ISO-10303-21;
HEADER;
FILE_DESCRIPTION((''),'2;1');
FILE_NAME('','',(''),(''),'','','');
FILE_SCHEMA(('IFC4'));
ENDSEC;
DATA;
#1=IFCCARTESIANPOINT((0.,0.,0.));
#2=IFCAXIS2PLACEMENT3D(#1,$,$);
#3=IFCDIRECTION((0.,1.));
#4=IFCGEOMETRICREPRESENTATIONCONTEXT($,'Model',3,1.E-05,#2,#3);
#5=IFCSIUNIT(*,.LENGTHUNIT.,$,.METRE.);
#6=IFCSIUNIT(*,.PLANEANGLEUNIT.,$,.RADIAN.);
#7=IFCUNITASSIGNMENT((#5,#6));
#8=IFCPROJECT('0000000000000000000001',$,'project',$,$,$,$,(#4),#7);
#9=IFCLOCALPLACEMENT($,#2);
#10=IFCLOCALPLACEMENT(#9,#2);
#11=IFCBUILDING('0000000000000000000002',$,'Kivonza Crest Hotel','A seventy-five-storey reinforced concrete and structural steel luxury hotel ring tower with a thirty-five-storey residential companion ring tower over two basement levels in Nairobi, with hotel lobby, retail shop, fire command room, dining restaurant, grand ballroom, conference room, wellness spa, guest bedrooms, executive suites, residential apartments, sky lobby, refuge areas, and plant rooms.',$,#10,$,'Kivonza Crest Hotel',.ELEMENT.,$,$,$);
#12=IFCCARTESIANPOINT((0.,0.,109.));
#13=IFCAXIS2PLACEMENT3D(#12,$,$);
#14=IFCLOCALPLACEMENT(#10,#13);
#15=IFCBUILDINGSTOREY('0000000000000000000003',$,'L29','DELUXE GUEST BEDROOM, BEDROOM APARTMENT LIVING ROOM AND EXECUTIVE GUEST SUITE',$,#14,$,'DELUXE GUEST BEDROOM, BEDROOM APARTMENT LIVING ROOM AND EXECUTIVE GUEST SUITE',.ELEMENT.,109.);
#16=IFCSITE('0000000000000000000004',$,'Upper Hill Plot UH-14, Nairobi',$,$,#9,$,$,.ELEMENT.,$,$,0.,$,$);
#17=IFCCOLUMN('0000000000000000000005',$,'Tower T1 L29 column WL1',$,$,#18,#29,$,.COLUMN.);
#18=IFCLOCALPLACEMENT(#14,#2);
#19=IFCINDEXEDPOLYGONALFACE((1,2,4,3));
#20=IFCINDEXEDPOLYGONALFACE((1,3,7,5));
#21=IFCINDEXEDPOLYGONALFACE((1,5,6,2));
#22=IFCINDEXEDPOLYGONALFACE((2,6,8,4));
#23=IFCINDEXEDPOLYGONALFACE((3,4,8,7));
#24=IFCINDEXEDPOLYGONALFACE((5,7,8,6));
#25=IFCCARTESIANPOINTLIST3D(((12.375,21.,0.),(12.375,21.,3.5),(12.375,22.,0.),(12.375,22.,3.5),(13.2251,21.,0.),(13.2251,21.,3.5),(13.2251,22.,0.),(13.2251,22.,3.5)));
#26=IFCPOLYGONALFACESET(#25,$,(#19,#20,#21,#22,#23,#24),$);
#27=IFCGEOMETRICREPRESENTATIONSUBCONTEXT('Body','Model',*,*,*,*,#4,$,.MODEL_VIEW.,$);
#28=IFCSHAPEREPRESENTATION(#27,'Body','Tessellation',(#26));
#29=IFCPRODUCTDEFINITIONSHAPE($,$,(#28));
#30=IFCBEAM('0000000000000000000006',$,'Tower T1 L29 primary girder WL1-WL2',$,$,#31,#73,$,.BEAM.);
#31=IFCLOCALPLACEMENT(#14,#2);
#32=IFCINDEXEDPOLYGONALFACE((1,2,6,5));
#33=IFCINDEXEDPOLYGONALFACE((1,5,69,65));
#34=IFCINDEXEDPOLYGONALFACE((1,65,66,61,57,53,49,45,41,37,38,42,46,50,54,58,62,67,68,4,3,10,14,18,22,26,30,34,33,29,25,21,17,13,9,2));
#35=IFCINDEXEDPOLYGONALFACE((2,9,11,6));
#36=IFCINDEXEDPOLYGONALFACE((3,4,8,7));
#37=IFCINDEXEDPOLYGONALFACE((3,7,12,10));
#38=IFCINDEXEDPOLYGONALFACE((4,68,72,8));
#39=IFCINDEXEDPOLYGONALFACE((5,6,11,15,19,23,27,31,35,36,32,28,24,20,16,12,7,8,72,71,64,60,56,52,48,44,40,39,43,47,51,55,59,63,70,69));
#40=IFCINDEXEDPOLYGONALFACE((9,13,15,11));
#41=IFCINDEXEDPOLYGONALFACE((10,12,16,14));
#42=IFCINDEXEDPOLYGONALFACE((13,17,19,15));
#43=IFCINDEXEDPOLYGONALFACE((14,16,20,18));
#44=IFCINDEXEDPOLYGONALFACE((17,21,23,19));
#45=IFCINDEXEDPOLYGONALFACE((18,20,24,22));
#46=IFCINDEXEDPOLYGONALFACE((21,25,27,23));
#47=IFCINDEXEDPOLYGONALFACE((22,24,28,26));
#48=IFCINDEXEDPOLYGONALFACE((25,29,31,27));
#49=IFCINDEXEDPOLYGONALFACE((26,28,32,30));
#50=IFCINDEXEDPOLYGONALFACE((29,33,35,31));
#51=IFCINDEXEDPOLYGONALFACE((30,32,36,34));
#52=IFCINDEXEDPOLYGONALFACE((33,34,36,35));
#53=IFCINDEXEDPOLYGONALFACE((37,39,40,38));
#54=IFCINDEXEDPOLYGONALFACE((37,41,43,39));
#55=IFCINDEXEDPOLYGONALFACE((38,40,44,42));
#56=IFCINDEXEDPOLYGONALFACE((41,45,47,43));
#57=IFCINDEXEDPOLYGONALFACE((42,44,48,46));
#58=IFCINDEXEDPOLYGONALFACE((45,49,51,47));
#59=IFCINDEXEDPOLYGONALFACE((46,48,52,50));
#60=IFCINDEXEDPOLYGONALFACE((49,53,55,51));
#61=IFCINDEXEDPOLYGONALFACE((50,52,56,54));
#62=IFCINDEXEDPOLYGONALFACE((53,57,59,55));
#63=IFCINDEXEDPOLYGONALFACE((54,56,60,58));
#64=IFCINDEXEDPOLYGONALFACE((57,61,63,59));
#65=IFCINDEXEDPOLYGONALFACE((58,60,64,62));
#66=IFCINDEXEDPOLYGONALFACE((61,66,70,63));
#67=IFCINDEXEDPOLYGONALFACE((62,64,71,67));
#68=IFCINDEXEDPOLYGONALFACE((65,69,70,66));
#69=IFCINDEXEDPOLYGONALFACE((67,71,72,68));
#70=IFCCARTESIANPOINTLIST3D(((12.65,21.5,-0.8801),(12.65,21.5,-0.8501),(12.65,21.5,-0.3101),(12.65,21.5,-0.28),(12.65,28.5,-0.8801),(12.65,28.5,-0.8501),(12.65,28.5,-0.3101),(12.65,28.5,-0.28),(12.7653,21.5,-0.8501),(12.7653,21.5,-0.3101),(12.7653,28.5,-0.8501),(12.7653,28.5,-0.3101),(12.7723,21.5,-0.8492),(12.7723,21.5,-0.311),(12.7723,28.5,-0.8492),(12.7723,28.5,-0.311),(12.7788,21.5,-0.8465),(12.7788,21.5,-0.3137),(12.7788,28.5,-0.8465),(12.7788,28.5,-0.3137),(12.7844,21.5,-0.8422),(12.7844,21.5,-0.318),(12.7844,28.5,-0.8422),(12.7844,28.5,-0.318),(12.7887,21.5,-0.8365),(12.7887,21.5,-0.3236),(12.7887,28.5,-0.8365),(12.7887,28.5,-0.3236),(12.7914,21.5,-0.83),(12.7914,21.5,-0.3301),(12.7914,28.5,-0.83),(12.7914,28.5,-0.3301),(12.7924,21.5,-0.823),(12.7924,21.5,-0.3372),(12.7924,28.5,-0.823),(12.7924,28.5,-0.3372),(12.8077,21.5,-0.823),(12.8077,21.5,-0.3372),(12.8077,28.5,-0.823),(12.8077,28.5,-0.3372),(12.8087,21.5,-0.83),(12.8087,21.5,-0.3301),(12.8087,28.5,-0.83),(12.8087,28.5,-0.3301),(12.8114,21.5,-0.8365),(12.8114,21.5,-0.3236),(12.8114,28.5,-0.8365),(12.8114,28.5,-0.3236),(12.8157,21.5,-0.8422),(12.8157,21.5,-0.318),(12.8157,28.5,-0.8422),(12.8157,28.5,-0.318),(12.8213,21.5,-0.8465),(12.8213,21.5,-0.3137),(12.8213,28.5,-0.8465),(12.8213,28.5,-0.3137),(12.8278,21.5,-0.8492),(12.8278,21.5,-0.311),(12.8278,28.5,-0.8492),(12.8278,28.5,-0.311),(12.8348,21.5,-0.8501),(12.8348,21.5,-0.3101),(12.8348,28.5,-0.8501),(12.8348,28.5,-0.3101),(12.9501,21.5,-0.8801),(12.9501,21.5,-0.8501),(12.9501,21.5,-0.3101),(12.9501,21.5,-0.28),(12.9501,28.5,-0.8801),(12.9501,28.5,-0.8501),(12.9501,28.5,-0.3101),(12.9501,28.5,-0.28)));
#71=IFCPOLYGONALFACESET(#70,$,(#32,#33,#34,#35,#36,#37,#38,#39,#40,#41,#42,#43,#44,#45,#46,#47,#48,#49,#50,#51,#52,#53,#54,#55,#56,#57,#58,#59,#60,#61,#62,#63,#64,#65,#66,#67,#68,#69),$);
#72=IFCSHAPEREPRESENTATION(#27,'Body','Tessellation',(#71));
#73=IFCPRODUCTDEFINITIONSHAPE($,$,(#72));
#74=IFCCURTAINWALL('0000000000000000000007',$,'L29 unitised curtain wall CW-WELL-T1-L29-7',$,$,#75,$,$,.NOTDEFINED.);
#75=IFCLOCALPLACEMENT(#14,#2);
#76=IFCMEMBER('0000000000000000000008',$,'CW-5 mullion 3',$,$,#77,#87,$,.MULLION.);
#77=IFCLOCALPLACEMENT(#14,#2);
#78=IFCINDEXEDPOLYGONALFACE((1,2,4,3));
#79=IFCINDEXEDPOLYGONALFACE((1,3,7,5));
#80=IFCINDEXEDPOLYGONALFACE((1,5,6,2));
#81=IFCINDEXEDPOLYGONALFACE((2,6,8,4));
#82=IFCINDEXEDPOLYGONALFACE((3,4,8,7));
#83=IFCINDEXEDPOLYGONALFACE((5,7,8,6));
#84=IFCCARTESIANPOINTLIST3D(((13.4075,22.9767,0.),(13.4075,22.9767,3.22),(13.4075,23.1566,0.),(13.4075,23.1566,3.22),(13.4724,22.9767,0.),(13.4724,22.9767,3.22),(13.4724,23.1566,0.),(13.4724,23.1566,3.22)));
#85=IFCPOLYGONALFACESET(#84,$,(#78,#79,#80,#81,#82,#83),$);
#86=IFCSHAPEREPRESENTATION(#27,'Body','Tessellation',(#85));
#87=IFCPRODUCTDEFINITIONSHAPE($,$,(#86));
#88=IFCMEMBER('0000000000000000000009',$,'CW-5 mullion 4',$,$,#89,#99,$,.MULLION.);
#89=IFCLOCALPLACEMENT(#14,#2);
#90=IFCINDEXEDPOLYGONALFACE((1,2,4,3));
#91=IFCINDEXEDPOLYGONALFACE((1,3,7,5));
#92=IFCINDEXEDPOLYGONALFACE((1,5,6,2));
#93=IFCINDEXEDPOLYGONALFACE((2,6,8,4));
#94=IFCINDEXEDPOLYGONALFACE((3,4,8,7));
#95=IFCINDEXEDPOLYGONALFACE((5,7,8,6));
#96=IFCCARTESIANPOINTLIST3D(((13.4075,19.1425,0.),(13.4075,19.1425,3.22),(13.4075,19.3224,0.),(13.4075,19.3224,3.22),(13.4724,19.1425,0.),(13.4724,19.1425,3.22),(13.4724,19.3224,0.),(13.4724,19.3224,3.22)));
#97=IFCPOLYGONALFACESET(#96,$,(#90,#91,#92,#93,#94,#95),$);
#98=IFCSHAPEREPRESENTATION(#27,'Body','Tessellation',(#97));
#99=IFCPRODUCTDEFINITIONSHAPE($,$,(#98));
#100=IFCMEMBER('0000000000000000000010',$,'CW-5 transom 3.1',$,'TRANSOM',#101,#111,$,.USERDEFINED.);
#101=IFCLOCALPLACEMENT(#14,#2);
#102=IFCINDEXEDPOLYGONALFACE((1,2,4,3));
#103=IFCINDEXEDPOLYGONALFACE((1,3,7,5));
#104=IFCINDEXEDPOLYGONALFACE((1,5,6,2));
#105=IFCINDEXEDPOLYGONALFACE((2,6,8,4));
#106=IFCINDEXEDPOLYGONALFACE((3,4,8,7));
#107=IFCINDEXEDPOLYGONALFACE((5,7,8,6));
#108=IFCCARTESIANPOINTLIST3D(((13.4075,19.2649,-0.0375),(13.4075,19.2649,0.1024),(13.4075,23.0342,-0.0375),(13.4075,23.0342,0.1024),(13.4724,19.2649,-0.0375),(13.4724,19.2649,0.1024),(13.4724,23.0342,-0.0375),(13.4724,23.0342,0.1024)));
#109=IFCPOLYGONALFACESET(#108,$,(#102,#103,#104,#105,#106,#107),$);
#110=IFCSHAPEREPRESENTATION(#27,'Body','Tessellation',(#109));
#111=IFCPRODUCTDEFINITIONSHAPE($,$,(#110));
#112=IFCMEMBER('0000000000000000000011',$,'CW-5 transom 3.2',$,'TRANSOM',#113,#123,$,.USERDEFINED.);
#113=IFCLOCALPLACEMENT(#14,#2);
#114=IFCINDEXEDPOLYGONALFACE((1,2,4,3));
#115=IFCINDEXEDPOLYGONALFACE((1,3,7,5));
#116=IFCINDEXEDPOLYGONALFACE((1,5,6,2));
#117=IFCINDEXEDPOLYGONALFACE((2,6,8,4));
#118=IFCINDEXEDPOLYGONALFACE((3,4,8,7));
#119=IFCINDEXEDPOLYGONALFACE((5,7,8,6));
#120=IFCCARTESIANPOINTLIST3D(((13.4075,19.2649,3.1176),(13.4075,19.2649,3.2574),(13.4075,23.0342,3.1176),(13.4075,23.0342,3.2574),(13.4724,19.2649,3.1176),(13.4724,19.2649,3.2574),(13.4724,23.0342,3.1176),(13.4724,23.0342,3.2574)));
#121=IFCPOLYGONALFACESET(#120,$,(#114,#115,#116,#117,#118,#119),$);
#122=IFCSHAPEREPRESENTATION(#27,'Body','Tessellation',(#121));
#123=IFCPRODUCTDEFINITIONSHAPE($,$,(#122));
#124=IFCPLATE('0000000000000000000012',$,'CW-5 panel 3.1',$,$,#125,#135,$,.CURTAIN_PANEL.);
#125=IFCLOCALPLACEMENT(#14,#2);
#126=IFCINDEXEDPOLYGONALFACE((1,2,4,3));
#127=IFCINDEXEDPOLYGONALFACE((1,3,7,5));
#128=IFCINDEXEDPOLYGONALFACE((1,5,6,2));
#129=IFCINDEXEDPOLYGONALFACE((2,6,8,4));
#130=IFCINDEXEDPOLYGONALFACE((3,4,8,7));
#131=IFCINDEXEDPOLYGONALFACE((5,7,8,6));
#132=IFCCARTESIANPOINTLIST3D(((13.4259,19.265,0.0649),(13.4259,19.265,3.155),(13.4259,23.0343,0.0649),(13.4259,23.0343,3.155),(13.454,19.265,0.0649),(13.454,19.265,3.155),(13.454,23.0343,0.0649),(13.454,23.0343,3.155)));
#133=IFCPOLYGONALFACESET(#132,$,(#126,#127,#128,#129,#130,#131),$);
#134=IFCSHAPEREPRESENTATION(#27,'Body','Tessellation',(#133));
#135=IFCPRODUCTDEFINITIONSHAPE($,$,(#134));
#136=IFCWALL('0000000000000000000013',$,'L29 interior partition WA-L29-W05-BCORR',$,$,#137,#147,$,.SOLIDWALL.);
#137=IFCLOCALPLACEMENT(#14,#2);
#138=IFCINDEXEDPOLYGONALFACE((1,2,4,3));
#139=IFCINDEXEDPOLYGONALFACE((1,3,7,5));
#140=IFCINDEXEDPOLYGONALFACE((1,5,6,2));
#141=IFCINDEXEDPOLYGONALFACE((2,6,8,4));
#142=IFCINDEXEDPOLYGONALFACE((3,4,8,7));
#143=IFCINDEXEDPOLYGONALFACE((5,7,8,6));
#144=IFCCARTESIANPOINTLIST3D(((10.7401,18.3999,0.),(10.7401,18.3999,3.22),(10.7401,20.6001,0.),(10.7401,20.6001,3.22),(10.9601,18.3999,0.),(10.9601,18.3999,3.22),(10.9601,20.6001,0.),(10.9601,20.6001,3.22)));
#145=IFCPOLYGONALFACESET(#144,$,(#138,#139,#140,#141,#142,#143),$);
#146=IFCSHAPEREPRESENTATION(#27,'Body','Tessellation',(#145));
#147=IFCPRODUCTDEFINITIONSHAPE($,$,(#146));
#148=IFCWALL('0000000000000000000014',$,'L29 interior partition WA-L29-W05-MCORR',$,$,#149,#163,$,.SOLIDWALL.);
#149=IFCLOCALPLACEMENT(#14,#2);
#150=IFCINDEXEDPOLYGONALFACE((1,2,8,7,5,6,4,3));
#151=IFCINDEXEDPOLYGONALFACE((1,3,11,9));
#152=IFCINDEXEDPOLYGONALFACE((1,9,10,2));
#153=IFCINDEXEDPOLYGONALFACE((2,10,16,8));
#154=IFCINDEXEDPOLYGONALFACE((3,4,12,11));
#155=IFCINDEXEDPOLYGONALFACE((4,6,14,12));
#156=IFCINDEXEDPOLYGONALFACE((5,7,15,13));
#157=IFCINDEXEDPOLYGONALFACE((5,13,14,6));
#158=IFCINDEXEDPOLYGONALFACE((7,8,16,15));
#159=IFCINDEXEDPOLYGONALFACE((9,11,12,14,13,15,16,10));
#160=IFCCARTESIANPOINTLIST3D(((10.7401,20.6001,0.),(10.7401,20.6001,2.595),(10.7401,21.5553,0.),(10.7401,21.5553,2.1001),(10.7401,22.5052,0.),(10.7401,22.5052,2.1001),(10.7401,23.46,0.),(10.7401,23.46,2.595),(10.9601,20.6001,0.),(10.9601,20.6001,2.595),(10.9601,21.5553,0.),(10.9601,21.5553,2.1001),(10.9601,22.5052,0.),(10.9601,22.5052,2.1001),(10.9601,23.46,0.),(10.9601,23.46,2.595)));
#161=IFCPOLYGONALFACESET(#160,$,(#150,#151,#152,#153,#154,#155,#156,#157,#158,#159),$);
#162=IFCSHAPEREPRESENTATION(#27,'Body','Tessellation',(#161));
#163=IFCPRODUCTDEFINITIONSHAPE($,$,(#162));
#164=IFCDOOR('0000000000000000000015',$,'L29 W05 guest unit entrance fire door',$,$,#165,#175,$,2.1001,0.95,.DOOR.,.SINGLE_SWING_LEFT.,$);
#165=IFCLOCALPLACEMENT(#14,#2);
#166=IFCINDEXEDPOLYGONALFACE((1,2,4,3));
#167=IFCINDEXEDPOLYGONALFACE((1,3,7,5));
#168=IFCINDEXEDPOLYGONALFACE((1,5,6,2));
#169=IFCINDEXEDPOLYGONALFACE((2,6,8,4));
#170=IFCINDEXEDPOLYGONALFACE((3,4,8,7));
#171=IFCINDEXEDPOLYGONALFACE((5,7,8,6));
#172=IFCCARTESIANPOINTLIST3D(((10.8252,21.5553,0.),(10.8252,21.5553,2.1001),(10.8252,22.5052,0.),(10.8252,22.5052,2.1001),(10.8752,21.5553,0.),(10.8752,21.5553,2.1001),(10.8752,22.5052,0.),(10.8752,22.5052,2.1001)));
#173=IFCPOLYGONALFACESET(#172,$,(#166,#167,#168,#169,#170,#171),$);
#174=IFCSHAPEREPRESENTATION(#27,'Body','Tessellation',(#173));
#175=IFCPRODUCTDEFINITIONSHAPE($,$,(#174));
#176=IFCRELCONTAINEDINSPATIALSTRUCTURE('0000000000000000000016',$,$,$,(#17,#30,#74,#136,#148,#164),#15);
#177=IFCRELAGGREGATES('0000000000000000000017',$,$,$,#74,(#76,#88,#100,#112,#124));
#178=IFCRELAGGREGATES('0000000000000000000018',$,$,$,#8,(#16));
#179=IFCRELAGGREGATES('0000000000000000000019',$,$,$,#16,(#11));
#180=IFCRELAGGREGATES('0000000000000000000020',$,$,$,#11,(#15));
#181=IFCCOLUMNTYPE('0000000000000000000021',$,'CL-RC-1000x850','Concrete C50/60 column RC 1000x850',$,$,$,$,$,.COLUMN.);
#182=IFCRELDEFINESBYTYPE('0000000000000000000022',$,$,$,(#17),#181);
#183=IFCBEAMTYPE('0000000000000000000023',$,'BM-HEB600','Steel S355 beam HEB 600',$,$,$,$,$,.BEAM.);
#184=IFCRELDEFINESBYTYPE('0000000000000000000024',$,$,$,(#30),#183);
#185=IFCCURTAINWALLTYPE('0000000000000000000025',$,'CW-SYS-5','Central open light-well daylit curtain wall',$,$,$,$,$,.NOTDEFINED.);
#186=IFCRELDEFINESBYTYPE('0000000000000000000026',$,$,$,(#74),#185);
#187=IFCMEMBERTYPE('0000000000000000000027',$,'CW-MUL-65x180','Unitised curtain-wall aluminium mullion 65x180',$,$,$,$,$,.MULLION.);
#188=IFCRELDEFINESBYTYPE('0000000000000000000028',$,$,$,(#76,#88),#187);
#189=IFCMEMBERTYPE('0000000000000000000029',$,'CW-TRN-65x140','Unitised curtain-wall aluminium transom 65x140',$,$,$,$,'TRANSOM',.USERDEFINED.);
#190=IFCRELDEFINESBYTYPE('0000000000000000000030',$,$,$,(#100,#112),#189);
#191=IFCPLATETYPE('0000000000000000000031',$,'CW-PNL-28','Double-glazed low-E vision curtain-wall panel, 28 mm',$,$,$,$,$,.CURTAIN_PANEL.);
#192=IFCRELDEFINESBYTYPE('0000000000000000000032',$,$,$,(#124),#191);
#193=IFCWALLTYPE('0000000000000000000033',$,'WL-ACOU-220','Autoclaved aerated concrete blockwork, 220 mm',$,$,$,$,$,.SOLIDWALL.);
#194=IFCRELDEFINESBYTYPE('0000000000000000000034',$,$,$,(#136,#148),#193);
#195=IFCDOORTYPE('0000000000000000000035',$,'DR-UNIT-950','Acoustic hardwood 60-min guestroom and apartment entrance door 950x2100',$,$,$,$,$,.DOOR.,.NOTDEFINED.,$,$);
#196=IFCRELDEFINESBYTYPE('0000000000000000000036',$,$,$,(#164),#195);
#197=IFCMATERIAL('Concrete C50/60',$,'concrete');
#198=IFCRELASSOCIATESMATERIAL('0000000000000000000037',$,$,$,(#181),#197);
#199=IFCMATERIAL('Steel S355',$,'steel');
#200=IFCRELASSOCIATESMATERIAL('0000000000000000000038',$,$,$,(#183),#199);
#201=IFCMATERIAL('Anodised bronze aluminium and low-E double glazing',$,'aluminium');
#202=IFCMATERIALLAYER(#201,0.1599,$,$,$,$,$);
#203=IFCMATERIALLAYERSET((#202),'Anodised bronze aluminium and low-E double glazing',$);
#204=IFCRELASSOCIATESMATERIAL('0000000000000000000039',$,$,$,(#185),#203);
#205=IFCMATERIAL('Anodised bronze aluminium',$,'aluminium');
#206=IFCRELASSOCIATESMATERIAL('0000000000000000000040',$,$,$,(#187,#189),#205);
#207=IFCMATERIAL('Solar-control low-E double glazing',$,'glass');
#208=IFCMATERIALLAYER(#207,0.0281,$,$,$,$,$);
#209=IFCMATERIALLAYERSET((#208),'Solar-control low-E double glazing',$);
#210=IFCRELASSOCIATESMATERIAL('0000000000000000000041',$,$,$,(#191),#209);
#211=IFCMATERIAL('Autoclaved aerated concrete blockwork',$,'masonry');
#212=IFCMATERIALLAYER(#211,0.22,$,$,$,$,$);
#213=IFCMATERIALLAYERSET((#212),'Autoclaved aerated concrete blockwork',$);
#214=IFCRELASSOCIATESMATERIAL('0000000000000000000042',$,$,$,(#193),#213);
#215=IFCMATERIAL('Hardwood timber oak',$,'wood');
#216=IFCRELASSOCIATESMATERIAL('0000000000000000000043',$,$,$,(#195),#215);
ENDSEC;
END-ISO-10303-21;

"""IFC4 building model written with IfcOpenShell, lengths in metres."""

from ifc_helpers import new_model, si_unit, direction, frame, frame_2d, origin, origin_2d, place, context, subcontext, project, spatial, rectangle, i_section, extrude, material, layer, layer_set, material_profile, profile_set, type_object, element, fill, aggregate, save


model = new_model("IFC4")

# Units and contexts
model_context = context("Model", 3, precision=1e-05, world=origin(), true_north=direction((0.0, 1.0)))
body_context = subcontext(model_context, "Body", "Model", "MODEL_VIEW")
ifc_project = project(units=[si_unit("LENGTHUNIT", "METRE"), si_unit("PLANEANGLEUNIT", "RADIAN")], contexts=[model_context])

# Site, building, storey
site_placement = place(None, origin())
site = spatial("IfcSite", under=ifc_project, at=site_placement, Name="Upper Hill Plot UH-14, Nairobi", CompositionType="ELEMENT", RefElevation=0.0)
building_placement = place(site_placement, origin())
building = spatial("IfcBuilding", under=site, at=building_placement, Name="Kivonza Crest Hotel", Description="A seventy-five-storey reinforced concrete and structural steel luxury hotel ring tower with a thirty-five-storey residential companion ring tower over two basement levels in Nairobi, with hotel lobby, retail shop, fire command room, dining restaurant, grand ballroom, conference room, wellness spa, guest bedrooms, executive suites, residential apartments, sky lobby, refuge areas, and plant rooms.", LongName="Kivonza Crest Hotel", CompositionType="ELEMENT")
storey_placement = place(building_placement, frame((0.0, 0.0, 109.0)))
storey = spatial("IfcBuildingStorey", under=building, at=storey_placement, Name="L29", Description="DELUXE GUEST BEDROOM, BEDROOM APARTMENT LIVING ROOM AND EXECUTIVE GUEST SUITE", LongName="DELUXE GUEST BEDROOM, BEDROOM APARTMENT LIVING ROOM AND EXECUTIVE GUEST SUITE", CompositionType="ELEMENT", Elevation=109.0)

# Column
ifc_material_1 = material(Name="Concrete C50/60", Category="concrete")
ifc_material_profile_1 = material_profile(ifc_material_1, rectangle(XDim=0.8501, YDim=1.0, at=origin_2d()), Name="RC 1000x850")
ifc_profile_set_1 = profile_set([ifc_material_profile_1], Name="Concrete C50/60")
column_type = type_object("IfcColumnType", Name="CL-RC-1000x850", Description="Concrete C50/60 column RC 1000x850", PredefinedType="COLUMN", material=ifc_profile_set_1)
column_placement = place(storey_placement, frame((12.8, 21.5, 0.0), z_axis=(0.0, 0.0, 1.0), x_axis=(1.0, 0.0, 0.0)))
element("IfcColumn", 1, at=column_placement, inside=storey, type_object=column_type, Name="Tower T1 L29 column WL1", PredefinedType="COLUMN", context=body_context, shape_type="SweptSolid", body=[
    extrude(rectangle(XDim=0.8501, YDim=1.0, at=origin_2d()), origin(), (0.0, 0.0, 1.0), 3.5),
])

# Beam
ifc_material_2 = material(Name="Steel S355", Category="steel")
ifc_material_profile_2 = material_profile(ifc_material_2, i_section(OverallWidth=0.3, OverallDepth=0.6001, WebThickness=0.0154, FlangeThickness=0.03, FilletRadius=0.0271, at=origin_2d()), Name="HEB 600")
ifc_profile_set_2 = profile_set([ifc_material_profile_2], Name="Steel S355")
beam_type = type_object("IfcBeamType", Name="BM-HEB600", Description="Steel S355 beam HEB 600", PredefinedType="BEAM", material=ifc_profile_set_2)
beam_placement = place(storey_placement, frame((12.8, 21.5, -0.5801), z_axis=(0.0, 1.0, 0.0), x_axis=(-1.0, 0.0, 0.0)))
element("IfcBeam", 2, at=beam_placement, inside=storey, type_object=beam_type, Name="Tower T1 L29 primary girder WL1-WL2", PredefinedType="BEAM", context=body_context, shape_type="SweptSolid", body=[
    extrude(i_section(OverallWidth=0.3, OverallDepth=0.6001, WebThickness=0.0154, FlangeThickness=0.03, FilletRadius=0.0271, at=origin_2d()), origin(), (0.0, 0.0, 1.0), 7.0),
])

# Curtain wall, members, plate
ifc_material_3 = material(Name="Anodised bronze aluminium and low-E double glazing", Category="aluminium")
ifc_layer_1 = layer(ifc_material_3, 0.1599)
ifc_layer_set_1 = layer_set([ifc_layer_1], Name="Anodised bronze aluminium and low-E double glazing")
curtain_wall_type = type_object("IfcCurtainWallType", Name="CW-SYS-5", Description="Central open light-well daylit curtain wall", PredefinedType="NOTDEFINED", material=ifc_layer_set_1)
curtain_wall_placement = place(storey_placement, origin())
curtain_wall = element("IfcCurtainWall", 3, at=curtain_wall_placement, inside=storey, type_object=curtain_wall_type, Name="L29 unitised curtain wall CW-WELL-T1-L29-7", PredefinedType="NOTDEFINED")
ifc_material_4 = material(Name="Anodised bronze aluminium", Category="aluminium")
ifc_material_profile_3 = material_profile(ifc_material_4, rectangle(XDim=0.0649, YDim=0.1799, at=origin_2d()), Name="CW-M 65x180")
ifc_profile_set_3 = profile_set([ifc_material_profile_3], Name="Anodised bronze aluminium")
member_type_1 = type_object("IfcMemberType", Name="CW-MUL-65x180", Description="Unitised curtain-wall aluminium mullion 65x180", PredefinedType="MULLION", material=ifc_profile_set_3)
member_1_placement = place(storey_placement, frame((13.4399, 23.0667, 0.0), z_axis=(0.0, 0.0, 1.0), x_axis=(1.0, 0.0, 0.0)))
member_1 = element("IfcMember", 4, at=member_1_placement, type_object=member_type_1, Name="CW-5 mullion 3", PredefinedType="MULLION", context=body_context, shape_type="SweptSolid", body=[
    extrude(rectangle(XDim=0.0649, YDim=0.1799, at=origin_2d()), origin(), (0.0, 0.0, 1.0), 3.22),
])
member_2_placement = place(storey_placement, frame((13.4399, 19.2324, 0.0), z_axis=(0.0, 0.0, 1.0), x_axis=(1.0, 0.0, 0.0)))
member_2 = element("IfcMember", 5, at=member_2_placement, type_object=member_type_1, Name="CW-5 mullion 4", PredefinedType="MULLION", context=body_context, shape_type="SweptSolid", body=[
    extrude(rectangle(XDim=0.0649, YDim=0.1799, at=origin_2d()), origin(), (0.0, 0.0, 1.0), 3.22),
])
ifc_material_profile_4 = material_profile(ifc_material_4, rectangle(XDim=0.0649, YDim=0.1399, at=origin_2d()), Name="CW-T 65x140")
ifc_profile_set_4 = profile_set([ifc_material_profile_4], Name="Anodised bronze aluminium")
member_type_2 = type_object("IfcMemberType", Name="CW-TRN-65x140", Description="Unitised curtain-wall aluminium transom 65x140", ElementType="TRANSOM", PredefinedType="USERDEFINED", material=ifc_profile_set_4)
member_3_placement = place(storey_placement, frame((13.4399, 23.0342, 0.0325), z_axis=(0.0, -1.0, 0.0), x_axis=(1.0, 0.0, 0.0)))
member_3 = element("IfcMember", 6, at=member_3_placement, type_object=member_type_2, Name="CW-5 transom 3.1", ObjectType="TRANSOM", PredefinedType="USERDEFINED", context=body_context, shape_type="SweptSolid", body=[
    extrude(rectangle(XDim=0.0649, YDim=0.1399, at=origin_2d()), origin(), (0.0, 0.0, 1.0), 3.7693),
])
member_4_placement = place(storey_placement, frame((13.4399, 23.0342, 3.1875), z_axis=(0.0, -1.0, 0.0), x_axis=(1.0, 0.0, 0.0)))
member_4 = element("IfcMember", 7, at=member_4_placement, type_object=member_type_2, Name="CW-5 transom 3.2", ObjectType="TRANSOM", PredefinedType="USERDEFINED", context=body_context, shape_type="SweptSolid", body=[
    extrude(rectangle(XDim=0.0649, YDim=0.1399, at=origin_2d()), origin(), (0.0, 0.0, 1.0), 3.7693),
])
ifc_material_5 = material(Name="Solar-control low-E double glazing", Category="glass")
ifc_layer_2 = layer(ifc_material_5, 0.0281)
ifc_layer_set_2 = layer_set([ifc_layer_2], Name="Solar-control low-E double glazing")
plate_type = type_object("IfcPlateType", Name="CW-PNL-28", Description="Double-glazed low-E vision curtain-wall panel, 28 mm", PredefinedType="CURTAIN_PANEL", material=ifc_layer_set_2)
plate_placement = place(storey_placement, frame((13.4399, 21.1497, 0.0649), z_axis=(0.0, 0.0, 1.0), x_axis=(0.0, -1.0, 0.0)))
plate = element("IfcPlate", 8, at=plate_placement, type_object=plate_type, Name="CW-5 panel 3.1", PredefinedType="CURTAIN_PANEL", context=body_context, shape_type="SweptSolid", body=[
    extrude(rectangle(XDim=3.7693, YDim=0.0281, at=origin_2d()), origin(), (0.0, 0.0, 1.0), 3.0901),
])
aggregate(curtain_wall, [member_1, member_2, member_3, member_4, plate])

# Wall
ifc_material_6 = material(Name="Autoclaved aerated concrete blockwork", Category="masonry")
ifc_layer_3 = layer(ifc_material_6, 0.22)
ifc_layer_set_3 = layer_set([ifc_layer_3], Name="Autoclaved aerated concrete blockwork")
wall_type_1 = type_object("IfcWallType", Name="WL-ACOU-220", Description="Autoclaved aerated concrete blockwork, 220 mm", PredefinedType="SOLIDWALL", material=ifc_layer_set_3)
wall_1_placement = place(storey_placement, frame((10.8501, 18.3999, 0.0), z_axis=(0.0, 0.0, 1.0), x_axis=(0.0, 1.0, 0.0)))
element("IfcWall", 9, at=wall_1_placement, inside=storey, type_object=wall_type_1, Name="L29 interior partition WA-L29-W05-BCORR", PredefinedType="SOLIDWALL", context=body_context, shape_type="SweptSolid", body=[
    extrude(rectangle(XDim=2.2002, YDim=0.22, at=frame_2d((1.1001, 0.0))), origin(), (0.0, 0.0, 1.0), 3.22),
])

# Wall, opening, door
wall_2_placement = place(storey_placement, frame((10.8501, 20.6001, 0.0), z_axis=(0.0, 0.0, 1.0), x_axis=(0.0, 1.0, 0.0)))
wall_2 = element("IfcWall", 10, at=wall_2_placement, inside=storey, type_object=wall_type_1, Name="L29 interior partition WA-L29-W05-MCORR", PredefinedType="SOLIDWALL", context=body_context, shape_type="SweptSolid", body=[
    extrude(rectangle(XDim=2.8599, YDim=0.22, at=frame_2d((1.4299, 0.0))), origin(), (0.0, 0.0, 1.0), 2.595),
])
opening_1_placement = place(wall_2_placement, frame((0.9551, 0.0, 0.0)))
opening_1 = element("IfcOpeningElement", 11, at=opening_1_placement, cuts=wall_2, PredefinedType="OPENING", context=body_context, shape_type="SweptSolid", body=[
    extrude(rectangle(XDim=0.95, YDim=2.1001, at=frame_2d((0.4751, 1.05))), frame((0.0, 0.1201, 0.0), z_axis=(0.0, -1.0, 0.0), x_axis=(1.0, 0.0, 0.0)), (0.0, 0.0, 1.0), 0.24),
])
ifc_material_7 = material(Name="Hardwood timber oak", Category="wood")
door_type_1 = type_object("IfcDoorType", Name="DR-UNIT-950", Description="Acoustic hardwood 60-min guestroom and apartment entrance door 950x2100", OperationType="NOTDEFINED", PredefinedType="DOOR", material=ifc_material_7)
door_1_placement = place(opening_1_placement, origin())
door_1 = element("IfcDoor", 12, at=door_1_placement, inside=storey, type_object=door_type_1, Name="L29 W05 guest unit entrance fire door", OperationType="SINGLE_SWING_LEFT", OverallHeight=2.1001, OverallWidth=0.95, PredefinedType="DOOR", context=body_context, shape_type="SweptSolid", body=[
    extrude(rectangle(XDim=0.95, YDim=2.1001, at=frame_2d((0.4751, 1.05))), frame((0.0, 0.0249, 0.0), z_axis=(0.0, -1.0, 0.0), x_axis=(1.0, 0.0, 0.0)), (0.0, 0.0, 1.0), 0.05),
])
fill(opening_1, door_1)

save(model, "model.ifc")
